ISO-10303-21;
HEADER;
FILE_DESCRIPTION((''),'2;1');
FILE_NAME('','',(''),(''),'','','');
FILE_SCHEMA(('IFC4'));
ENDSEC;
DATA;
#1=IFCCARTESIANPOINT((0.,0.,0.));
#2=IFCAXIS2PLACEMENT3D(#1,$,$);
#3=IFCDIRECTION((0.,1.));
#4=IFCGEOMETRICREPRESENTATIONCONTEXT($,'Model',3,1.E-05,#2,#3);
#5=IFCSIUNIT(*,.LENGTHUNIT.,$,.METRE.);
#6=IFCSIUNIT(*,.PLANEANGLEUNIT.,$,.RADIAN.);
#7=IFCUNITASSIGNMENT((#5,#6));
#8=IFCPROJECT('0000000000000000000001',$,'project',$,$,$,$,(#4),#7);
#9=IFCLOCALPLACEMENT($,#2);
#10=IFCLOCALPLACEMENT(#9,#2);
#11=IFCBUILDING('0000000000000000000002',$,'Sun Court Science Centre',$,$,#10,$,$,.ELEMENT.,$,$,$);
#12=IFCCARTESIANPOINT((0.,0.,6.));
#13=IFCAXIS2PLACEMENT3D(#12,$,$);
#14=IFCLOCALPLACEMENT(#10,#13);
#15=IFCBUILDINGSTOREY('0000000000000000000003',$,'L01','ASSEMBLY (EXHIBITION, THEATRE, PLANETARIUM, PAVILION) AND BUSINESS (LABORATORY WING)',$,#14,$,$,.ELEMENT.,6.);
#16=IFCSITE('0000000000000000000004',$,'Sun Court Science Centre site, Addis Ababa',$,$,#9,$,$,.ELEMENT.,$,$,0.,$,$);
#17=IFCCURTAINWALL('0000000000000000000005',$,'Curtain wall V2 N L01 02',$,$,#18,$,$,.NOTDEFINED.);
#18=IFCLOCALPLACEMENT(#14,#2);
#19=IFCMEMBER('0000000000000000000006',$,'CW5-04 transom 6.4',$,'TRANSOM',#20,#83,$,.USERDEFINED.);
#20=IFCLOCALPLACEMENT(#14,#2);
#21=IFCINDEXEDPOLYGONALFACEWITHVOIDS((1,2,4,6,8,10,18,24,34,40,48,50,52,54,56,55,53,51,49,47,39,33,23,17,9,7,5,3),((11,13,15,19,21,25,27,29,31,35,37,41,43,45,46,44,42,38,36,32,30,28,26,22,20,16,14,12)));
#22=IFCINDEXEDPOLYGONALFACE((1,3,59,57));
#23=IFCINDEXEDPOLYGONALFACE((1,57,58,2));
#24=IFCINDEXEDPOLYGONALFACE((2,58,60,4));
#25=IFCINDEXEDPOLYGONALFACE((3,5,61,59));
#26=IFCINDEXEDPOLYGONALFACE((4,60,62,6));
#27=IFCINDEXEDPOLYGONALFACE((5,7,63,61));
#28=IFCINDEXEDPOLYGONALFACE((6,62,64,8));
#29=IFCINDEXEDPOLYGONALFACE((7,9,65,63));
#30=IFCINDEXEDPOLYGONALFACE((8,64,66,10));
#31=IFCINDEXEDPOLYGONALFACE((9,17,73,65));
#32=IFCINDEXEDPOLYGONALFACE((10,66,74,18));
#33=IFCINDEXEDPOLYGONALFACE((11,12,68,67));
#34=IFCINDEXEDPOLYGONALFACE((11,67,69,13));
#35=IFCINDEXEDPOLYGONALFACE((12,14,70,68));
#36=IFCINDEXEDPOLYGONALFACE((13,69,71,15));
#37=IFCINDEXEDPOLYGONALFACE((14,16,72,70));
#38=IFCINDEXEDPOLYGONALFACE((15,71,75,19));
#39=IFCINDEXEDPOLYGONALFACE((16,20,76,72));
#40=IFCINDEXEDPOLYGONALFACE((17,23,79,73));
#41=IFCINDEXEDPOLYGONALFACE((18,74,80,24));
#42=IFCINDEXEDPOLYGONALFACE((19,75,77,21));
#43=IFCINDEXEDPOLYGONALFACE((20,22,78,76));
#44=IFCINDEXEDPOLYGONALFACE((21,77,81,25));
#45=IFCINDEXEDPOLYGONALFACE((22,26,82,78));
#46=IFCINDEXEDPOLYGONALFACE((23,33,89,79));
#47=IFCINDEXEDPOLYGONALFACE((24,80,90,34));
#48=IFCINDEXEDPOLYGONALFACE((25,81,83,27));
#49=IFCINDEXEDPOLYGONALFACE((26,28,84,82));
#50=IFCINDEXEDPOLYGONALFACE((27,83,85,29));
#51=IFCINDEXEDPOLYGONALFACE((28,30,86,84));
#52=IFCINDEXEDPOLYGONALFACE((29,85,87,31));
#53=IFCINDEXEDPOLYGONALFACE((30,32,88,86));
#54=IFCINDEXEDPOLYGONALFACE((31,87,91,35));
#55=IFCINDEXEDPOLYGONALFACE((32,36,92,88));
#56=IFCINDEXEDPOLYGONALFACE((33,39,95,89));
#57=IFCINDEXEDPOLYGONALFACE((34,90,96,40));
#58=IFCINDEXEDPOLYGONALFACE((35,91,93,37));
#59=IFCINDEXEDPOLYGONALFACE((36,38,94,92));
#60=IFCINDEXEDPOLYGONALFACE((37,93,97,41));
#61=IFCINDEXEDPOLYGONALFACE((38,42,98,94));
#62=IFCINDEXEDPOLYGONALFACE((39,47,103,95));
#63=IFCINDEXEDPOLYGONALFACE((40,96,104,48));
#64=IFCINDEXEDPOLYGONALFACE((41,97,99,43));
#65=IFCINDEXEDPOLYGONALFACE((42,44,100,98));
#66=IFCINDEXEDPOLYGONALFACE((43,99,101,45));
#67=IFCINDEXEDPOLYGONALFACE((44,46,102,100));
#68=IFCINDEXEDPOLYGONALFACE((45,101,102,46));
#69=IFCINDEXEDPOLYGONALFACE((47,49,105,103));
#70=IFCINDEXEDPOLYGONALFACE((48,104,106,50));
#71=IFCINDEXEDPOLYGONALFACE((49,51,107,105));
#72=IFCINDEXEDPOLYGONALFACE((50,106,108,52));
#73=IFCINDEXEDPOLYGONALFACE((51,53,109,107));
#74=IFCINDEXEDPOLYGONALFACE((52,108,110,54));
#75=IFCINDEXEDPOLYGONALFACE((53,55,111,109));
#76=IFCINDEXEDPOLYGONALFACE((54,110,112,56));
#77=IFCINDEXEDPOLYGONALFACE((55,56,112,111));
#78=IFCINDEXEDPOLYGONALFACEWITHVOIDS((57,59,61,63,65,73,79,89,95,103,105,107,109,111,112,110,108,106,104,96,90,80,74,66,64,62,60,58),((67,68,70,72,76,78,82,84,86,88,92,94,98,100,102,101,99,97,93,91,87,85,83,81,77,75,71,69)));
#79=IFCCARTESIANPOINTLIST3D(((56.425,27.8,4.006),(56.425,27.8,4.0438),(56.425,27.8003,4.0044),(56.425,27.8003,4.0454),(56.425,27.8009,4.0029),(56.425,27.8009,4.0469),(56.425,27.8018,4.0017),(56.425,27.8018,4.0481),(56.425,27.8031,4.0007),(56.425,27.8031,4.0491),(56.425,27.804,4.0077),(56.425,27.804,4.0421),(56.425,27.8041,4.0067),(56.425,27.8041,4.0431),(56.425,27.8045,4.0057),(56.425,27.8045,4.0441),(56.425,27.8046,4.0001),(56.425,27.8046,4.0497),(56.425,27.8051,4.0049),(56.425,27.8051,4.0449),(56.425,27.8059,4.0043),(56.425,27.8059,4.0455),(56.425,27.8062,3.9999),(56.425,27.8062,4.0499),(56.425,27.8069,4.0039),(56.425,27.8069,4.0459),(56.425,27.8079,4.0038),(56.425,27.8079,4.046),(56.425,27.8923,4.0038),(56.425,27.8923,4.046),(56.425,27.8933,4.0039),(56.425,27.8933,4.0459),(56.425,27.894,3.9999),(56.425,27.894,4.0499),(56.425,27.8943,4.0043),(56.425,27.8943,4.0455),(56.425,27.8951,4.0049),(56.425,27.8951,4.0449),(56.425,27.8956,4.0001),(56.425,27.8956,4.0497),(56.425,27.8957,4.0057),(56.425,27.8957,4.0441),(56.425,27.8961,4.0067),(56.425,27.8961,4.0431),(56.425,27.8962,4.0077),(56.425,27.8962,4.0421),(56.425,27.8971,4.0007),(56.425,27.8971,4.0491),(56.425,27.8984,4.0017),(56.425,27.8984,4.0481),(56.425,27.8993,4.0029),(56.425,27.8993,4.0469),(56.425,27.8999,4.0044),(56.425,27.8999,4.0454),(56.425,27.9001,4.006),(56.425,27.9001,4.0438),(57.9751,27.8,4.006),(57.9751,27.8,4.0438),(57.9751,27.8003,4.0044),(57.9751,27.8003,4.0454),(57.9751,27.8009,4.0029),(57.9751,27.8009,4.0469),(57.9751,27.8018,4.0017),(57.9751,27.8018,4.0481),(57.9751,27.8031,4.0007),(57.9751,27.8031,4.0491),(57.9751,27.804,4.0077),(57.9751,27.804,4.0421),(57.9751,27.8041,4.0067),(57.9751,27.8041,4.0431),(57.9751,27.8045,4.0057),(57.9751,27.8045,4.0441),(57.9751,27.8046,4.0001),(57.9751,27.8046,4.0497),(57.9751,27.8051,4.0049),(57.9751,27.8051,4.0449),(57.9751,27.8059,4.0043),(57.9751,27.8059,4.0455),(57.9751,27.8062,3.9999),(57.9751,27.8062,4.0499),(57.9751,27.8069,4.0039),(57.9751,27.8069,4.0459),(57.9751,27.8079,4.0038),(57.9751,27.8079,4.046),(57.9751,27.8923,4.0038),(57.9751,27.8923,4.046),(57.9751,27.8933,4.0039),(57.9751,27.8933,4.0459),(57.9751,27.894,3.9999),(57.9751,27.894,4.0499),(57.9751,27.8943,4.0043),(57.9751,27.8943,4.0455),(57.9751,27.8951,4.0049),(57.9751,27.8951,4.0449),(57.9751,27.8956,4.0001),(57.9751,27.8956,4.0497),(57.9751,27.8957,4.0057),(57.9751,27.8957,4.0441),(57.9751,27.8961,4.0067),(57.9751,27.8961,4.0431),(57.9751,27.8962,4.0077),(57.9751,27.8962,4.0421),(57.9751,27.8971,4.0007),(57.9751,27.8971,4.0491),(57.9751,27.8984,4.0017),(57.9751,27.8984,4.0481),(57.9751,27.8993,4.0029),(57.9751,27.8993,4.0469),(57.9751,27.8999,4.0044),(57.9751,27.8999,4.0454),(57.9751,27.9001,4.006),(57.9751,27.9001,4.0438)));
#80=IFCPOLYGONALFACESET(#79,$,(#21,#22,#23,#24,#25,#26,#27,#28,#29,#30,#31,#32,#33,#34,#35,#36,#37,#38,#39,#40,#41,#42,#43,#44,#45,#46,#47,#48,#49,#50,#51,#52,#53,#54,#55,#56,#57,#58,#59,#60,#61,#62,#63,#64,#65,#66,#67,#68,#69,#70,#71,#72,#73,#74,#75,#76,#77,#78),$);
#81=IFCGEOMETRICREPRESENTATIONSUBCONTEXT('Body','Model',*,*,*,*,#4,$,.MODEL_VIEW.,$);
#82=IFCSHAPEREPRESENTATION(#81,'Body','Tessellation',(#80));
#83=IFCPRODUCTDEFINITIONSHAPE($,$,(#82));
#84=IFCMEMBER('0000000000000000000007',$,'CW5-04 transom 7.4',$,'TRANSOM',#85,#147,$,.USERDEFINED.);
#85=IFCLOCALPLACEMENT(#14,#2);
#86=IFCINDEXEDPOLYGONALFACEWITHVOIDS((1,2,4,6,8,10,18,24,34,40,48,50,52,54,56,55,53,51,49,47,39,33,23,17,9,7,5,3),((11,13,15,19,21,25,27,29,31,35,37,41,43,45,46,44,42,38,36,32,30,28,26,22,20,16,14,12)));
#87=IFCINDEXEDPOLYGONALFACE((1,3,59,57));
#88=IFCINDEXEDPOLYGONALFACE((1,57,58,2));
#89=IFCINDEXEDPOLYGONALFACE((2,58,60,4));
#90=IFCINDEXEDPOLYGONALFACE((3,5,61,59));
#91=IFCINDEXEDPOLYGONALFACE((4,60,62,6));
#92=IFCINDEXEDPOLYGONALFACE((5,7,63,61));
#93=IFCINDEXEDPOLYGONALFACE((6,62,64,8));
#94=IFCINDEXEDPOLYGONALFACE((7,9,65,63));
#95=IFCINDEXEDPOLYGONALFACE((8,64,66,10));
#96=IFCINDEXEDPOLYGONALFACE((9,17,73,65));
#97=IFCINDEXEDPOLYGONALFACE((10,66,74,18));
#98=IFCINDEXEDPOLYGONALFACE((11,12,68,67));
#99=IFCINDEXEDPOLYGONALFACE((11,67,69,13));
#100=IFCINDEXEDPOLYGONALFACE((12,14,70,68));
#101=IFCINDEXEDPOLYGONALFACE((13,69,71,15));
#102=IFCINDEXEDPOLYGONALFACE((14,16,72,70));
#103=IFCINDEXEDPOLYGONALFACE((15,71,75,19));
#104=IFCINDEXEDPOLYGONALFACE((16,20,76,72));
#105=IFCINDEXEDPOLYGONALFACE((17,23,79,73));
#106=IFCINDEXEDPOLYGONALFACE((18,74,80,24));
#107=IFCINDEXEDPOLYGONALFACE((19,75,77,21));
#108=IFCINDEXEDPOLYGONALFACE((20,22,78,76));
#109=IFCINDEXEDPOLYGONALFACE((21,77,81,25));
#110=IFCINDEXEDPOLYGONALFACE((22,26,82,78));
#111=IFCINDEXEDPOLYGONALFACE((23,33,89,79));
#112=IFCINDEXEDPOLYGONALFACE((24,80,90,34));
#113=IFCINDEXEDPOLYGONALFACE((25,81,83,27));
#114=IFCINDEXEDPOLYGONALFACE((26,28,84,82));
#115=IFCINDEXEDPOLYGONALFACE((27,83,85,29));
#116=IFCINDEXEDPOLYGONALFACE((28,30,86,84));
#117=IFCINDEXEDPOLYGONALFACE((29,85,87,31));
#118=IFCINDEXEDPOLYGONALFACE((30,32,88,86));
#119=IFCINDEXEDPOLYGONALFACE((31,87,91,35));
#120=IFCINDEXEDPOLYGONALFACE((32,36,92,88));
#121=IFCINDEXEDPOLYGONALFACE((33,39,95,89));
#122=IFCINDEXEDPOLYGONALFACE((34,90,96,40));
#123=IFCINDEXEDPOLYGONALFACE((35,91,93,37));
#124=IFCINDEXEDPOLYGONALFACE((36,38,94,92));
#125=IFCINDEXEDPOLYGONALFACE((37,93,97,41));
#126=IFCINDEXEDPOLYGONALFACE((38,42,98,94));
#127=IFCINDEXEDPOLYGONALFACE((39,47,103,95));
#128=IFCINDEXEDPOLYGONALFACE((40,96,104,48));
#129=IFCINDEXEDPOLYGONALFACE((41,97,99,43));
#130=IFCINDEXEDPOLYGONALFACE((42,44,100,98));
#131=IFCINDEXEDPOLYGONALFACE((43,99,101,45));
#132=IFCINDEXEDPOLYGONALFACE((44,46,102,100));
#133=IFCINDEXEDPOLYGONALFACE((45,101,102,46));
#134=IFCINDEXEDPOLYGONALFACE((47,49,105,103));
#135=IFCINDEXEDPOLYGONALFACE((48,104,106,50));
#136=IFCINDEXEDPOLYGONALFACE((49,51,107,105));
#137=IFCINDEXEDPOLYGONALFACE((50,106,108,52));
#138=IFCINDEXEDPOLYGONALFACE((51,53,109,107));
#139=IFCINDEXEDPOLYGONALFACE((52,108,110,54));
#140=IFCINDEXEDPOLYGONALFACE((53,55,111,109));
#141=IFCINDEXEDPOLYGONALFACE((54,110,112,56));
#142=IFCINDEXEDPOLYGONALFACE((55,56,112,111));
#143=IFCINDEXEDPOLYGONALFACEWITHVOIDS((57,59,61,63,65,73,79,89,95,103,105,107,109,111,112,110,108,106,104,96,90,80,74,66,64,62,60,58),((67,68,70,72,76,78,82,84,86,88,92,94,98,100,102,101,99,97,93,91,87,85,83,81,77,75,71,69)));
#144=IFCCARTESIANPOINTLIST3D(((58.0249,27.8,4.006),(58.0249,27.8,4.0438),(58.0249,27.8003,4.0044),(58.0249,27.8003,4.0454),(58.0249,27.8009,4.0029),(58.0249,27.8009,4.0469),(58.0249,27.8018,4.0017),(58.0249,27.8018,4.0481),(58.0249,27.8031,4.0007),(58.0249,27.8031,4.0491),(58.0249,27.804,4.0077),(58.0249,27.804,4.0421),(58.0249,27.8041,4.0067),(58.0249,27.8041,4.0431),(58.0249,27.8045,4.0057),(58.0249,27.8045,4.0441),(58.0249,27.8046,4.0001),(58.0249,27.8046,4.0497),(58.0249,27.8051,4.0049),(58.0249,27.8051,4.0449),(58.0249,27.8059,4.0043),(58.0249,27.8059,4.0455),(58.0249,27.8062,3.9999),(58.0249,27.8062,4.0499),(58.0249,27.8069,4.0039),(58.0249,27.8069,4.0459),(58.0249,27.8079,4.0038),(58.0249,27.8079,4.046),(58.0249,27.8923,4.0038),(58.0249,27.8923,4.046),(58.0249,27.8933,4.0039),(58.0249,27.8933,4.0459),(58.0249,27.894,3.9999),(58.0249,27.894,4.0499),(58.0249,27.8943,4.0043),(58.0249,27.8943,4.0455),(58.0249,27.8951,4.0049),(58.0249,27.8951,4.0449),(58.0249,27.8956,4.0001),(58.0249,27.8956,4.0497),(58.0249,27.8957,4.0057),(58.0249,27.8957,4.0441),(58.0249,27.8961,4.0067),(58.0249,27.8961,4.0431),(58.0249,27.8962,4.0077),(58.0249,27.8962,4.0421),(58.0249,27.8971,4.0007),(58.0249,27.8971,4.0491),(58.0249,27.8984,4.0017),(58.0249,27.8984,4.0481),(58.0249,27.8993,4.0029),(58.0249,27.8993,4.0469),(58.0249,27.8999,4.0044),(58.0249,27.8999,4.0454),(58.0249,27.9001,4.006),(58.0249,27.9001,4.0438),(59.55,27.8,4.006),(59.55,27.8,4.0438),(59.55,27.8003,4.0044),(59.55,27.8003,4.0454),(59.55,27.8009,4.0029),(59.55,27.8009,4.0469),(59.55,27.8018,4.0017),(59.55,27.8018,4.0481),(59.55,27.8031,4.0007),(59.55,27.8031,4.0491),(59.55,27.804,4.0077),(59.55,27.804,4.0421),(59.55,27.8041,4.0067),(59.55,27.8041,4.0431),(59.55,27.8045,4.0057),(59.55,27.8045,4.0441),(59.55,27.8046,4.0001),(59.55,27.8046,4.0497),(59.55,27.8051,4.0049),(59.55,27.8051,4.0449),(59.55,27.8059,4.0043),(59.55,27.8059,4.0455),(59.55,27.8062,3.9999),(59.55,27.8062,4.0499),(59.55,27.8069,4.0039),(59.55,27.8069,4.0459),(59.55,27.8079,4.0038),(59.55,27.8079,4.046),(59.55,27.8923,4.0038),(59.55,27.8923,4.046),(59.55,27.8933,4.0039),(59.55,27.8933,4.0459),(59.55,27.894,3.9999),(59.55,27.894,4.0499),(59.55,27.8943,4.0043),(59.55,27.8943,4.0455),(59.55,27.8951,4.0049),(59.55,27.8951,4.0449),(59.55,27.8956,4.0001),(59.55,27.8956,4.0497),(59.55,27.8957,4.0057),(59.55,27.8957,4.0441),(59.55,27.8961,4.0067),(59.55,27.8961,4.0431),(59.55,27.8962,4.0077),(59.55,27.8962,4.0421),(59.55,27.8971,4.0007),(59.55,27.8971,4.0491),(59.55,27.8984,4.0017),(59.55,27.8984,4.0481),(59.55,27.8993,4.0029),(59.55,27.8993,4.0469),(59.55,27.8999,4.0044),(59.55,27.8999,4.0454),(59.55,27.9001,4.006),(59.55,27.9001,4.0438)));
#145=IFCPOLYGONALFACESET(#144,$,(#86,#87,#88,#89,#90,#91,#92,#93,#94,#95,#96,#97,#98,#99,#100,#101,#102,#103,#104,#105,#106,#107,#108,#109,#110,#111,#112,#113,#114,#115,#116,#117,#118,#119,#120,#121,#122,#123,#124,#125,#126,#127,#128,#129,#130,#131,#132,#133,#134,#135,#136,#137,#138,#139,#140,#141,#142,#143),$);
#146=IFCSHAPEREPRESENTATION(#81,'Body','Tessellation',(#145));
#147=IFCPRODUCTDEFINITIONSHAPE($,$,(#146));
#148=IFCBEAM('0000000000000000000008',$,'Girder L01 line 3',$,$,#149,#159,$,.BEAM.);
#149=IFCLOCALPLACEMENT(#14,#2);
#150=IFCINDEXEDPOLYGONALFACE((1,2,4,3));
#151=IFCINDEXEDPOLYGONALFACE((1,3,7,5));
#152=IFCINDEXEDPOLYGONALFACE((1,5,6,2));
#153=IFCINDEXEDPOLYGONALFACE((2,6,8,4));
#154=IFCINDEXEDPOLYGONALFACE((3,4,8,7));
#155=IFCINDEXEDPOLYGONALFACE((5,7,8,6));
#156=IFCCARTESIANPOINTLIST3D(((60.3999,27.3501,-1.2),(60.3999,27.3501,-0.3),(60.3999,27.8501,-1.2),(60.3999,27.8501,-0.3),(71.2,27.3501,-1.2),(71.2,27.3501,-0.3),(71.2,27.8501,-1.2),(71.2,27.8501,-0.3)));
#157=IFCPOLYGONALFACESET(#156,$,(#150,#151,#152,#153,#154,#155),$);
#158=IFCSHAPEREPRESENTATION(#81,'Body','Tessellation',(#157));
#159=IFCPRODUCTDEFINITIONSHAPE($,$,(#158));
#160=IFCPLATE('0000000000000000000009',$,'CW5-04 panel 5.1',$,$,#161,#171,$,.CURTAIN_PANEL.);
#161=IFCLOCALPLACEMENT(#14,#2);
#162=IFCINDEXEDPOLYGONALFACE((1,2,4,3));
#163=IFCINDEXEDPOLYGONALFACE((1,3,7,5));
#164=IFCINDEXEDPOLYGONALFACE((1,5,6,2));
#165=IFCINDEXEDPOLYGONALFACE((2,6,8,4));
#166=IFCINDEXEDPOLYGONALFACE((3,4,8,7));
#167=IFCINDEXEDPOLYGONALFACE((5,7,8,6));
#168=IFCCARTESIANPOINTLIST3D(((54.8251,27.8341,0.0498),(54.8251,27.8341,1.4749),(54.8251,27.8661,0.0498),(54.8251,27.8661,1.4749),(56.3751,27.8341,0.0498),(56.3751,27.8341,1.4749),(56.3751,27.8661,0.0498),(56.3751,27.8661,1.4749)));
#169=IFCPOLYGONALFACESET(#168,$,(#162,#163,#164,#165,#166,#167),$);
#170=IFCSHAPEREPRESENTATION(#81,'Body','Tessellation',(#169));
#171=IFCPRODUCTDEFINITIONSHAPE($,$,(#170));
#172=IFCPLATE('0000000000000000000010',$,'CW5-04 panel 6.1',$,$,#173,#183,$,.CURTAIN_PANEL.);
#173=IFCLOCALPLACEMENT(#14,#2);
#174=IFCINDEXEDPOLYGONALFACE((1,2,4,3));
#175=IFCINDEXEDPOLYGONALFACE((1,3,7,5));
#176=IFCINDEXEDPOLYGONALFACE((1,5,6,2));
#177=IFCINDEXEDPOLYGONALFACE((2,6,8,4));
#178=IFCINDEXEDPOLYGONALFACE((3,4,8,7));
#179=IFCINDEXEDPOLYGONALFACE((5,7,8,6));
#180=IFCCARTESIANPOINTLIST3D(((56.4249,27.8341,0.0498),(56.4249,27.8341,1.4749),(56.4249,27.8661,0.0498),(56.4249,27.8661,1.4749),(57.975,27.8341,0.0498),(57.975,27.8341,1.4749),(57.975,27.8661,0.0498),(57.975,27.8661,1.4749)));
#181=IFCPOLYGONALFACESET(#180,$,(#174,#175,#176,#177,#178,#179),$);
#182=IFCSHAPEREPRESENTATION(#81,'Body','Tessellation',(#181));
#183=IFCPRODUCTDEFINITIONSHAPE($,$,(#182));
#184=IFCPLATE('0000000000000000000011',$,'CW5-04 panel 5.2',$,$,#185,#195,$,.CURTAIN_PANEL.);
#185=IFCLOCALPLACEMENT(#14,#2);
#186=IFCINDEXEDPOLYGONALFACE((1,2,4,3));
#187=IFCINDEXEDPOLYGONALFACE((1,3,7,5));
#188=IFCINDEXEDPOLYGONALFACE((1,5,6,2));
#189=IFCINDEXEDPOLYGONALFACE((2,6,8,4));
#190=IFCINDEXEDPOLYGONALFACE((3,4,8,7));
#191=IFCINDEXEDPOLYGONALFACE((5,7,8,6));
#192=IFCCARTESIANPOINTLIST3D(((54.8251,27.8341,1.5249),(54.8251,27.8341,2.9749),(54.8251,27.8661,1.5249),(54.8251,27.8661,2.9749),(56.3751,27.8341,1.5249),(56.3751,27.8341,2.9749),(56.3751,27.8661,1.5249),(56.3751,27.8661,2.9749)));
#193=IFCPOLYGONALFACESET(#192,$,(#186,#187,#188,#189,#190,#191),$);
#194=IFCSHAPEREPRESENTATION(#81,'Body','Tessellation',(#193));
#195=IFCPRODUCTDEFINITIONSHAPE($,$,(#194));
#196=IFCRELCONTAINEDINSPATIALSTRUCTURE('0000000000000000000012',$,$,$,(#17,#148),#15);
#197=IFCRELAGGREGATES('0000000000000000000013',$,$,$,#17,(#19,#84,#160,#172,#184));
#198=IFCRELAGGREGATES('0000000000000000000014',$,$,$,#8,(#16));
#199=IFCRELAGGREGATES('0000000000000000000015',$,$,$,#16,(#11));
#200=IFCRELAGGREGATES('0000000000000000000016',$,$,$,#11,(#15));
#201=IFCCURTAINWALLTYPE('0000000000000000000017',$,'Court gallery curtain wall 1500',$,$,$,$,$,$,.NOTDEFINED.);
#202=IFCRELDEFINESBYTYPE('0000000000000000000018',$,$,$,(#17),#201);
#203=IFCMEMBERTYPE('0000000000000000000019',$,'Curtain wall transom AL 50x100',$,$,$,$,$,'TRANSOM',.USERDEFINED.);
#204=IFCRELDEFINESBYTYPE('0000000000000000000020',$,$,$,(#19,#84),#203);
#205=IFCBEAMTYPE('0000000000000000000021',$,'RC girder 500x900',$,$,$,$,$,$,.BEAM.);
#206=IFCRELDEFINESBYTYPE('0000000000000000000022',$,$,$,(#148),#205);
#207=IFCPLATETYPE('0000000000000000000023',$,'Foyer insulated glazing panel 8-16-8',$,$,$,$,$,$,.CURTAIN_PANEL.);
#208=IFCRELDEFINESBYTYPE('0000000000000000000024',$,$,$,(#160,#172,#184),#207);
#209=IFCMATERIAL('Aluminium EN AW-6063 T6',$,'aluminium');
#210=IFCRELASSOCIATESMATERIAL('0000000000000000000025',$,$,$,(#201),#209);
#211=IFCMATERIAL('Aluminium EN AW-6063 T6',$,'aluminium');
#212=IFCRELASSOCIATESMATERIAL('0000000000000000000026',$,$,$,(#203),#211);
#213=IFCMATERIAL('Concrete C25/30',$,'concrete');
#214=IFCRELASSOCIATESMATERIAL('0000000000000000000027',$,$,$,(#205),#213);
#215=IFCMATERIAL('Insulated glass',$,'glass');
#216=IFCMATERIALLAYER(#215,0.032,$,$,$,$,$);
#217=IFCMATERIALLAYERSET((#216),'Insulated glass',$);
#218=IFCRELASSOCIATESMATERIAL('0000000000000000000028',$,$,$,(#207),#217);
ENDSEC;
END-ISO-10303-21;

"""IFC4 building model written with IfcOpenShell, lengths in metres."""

from ifc_helpers import new_model, si_unit, direction, frame, origin, origin_2d, place, context, subcontext, project, spatial, rectangle, hollow_rectangle, extrude, material, layer, layer_set, material_profile, profile_set, type_object, element, aggregate, save


model = new_model("IFC4")

# Units and contexts
model_context = context("Model", 3, precision=1e-05, world=origin(), true_north=direction((0.0, 1.0)))
body_context = subcontext(model_context, "Body", "Model", "MODEL_VIEW")
ifc_project = project(units=[si_unit("LENGTHUNIT", "METRE"), si_unit("PLANEANGLEUNIT", "RADIAN")], contexts=[model_context])

# Site, building, storey
site_placement = place(None, origin())
site = spatial("IfcSite", under=ifc_project, at=site_placement, Name="Sun Court Science Centre site, Addis Ababa", CompositionType="ELEMENT", RefElevation=0.0)
building_placement = place(site_placement, origin())
building = spatial("IfcBuilding", under=site, at=building_placement, Name="Sun Court Science Centre", CompositionType="ELEMENT")
storey_placement = place(building_placement, frame((0.0, 0.0, 6.0)))
storey = spatial("IfcBuildingStorey", under=building, at=storey_placement, Name="L01", Description="ASSEMBLY (EXHIBITION, THEATRE, PLANETARIUM, PAVILION) AND BUSINESS (LABORATORY WING)", CompositionType="ELEMENT", Elevation=6.0)

# Curtain wall, members
ifc_material_1 = material(Name="Aluminium EN AW-6063 T6", Category="aluminium")
curtain_wall_type = type_object("IfcCurtainWallType", Name="Court gallery curtain wall 1500", PredefinedType="NOTDEFINED", material=ifc_material_1)
curtain_wall_placement = place(storey_placement, origin())
curtain_wall = element("IfcCurtainWall", 1, at=curtain_wall_placement, inside=storey, type_object=curtain_wall_type, Name="Curtain wall V2 N L01 02", PredefinedType="NOTDEFINED")
ifc_material_2 = material(Name="Aluminium EN AW-6063 T6", Category="aluminium")
ifc_material_profile_1 = material_profile(ifc_material_2, hollow_rectangle(XDim=0.05, YDim=0.1001, WallThickness=0.0039, InnerFilletRadius=0.0039, OuterFilletRadius=0.0061, at=origin_2d()), Name="AL 50x100x4")
ifc_profile_set_1 = profile_set([ifc_material_profile_1], Name="Aluminium EN AW-6063 T6")
member_type_1 = type_object("IfcMemberType", Name="Curtain wall transom AL 50x100", ElementType="TRANSOM", PredefinedType="USERDEFINED", material=ifc_profile_set_1)
member_1_placement = place(storey_placement, frame((56.425, 27.8501, 4.0249), z_axis=(1.0, 0.0, 0.0), x_axis=(0.0, 0.0, 1.0)))
member_1 = element("IfcMember", 2, at=member_1_placement, type_object=member_type_1, Name="CW5-04 transom 6.4", ObjectType="TRANSOM", PredefinedType="USERDEFINED", context=body_context, shape_type="SweptSolid", body=[
    extrude(hollow_rectangle(XDim=0.05, YDim=0.1001, WallThickness=0.0039, InnerFilletRadius=0.0039, OuterFilletRadius=0.0061, at=origin_2d()), origin(), (0.0, 0.0, 1.0), 1.55),
])
member_2_placement = place(storey_placement, frame((58.0249, 27.8501, 4.0249), z_axis=(1.0, 0.0, 0.0), x_axis=(0.0, 0.0, 1.0)))
member_2 = element("IfcMember", 3, at=member_2_placement, type_object=member_type_1, Name="CW5-04 transom 7.4", ObjectType="TRANSOM", PredefinedType="USERDEFINED", context=body_context, shape_type="SweptSolid", body=[
    extrude(hollow_rectangle(XDim=0.05, YDim=0.1001, WallThickness=0.0039, InnerFilletRadius=0.0039, OuterFilletRadius=0.0061, at=origin_2d()), origin(), (0.0, 0.0, 1.0), 1.5251),
])

# Beam
ifc_material_3 = material(Name="Concrete C25/30", Category="concrete")
ifc_material_profile_2 = material_profile(ifc_material_3, rectangle(XDim=0.5, YDim=0.8999, at=origin_2d()), Name="RC 500x900")
ifc_profile_set_2 = profile_set([ifc_material_profile_2], Name="Concrete C25/30")
beam_type = type_object("IfcBeamType", Name="RC girder 500x900", PredefinedType="BEAM", material=ifc_profile_set_2)
beam_placement = place(storey_placement, frame((60.3999, 27.6001, -0.75), z_axis=(1.0, 0.0, 0.0), x_axis=(0.0, 1.0, 0.0)))
element("IfcBeam", 4, at=beam_placement, inside=storey, type_object=beam_type, Name="Girder L01 line 3", PredefinedType="BEAM", context=body_context, shape_type="SweptSolid", body=[
    extrude(rectangle(XDim=0.5, YDim=0.8999, at=origin_2d()), origin(), (0.0, 0.0, 1.0), 10.8),
])

# Plates
ifc_material_4 = material(Name="Insulated glass", Category="glass")
ifc_layer_1 = layer(ifc_material_4, 0.032)
ifc_layer_set_1 = layer_set([ifc_layer_1], Name="Insulated glass")
plate_type = type_object("IfcPlateType", Name="Foyer insulated glazing panel 8-16-8", PredefinedType="CURTAIN_PANEL", material=ifc_layer_set_1)
plate_1_placement = place(storey_placement, frame((55.6001, 27.8501, 0.0498), z_axis=(0.0, 0.0, 1.0), x_axis=(1.0, 0.0, 0.0)))
plate_1 = element("IfcPlate", 5, at=plate_1_placement, type_object=plate_type, Name="CW5-04 panel 5.1", PredefinedType="CURTAIN_PANEL", context=body_context, shape_type="SweptSolid", body=[
    extrude(rectangle(XDim=1.55, YDim=0.032, at=origin_2d()), origin(), (0.0, 0.0, 1.0), 1.425),
])
plate_2_placement = place(storey_placement, frame((57.2, 27.8501, 0.0498), z_axis=(0.0, 0.0, 1.0), x_axis=(1.0, 0.0, 0.0)))
plate_2 = element("IfcPlate", 6, at=plate_2_placement, type_object=plate_type, Name="CW5-04 panel 6.1", PredefinedType="CURTAIN_PANEL", context=body_context, shape_type="SweptSolid", body=[
    extrude(rectangle(XDim=1.55, YDim=0.032, at=origin_2d()), origin(), (0.0, 0.0, 1.0), 1.425),
])
plate_3_placement = place(storey_placement, frame((55.6001, 27.8501, 1.5249), z_axis=(0.0, 0.0, 1.0), x_axis=(1.0, 0.0, 0.0)))
plate_3 = element("IfcPlate", 7, at=plate_3_placement, type_object=plate_type, Name="CW5-04 panel 5.2", PredefinedType="CURTAIN_PANEL", context=body_context, shape_type="SweptSolid", body=[
    extrude(rectangle(XDim=1.55, YDim=0.032, at=origin_2d()), origin(), (0.0, 0.0, 1.0), 1.45),
])
aggregate(curtain_wall, [member_1, member_2, plate_1, plate_2, plate_3])

save(model, "model.ifc")
